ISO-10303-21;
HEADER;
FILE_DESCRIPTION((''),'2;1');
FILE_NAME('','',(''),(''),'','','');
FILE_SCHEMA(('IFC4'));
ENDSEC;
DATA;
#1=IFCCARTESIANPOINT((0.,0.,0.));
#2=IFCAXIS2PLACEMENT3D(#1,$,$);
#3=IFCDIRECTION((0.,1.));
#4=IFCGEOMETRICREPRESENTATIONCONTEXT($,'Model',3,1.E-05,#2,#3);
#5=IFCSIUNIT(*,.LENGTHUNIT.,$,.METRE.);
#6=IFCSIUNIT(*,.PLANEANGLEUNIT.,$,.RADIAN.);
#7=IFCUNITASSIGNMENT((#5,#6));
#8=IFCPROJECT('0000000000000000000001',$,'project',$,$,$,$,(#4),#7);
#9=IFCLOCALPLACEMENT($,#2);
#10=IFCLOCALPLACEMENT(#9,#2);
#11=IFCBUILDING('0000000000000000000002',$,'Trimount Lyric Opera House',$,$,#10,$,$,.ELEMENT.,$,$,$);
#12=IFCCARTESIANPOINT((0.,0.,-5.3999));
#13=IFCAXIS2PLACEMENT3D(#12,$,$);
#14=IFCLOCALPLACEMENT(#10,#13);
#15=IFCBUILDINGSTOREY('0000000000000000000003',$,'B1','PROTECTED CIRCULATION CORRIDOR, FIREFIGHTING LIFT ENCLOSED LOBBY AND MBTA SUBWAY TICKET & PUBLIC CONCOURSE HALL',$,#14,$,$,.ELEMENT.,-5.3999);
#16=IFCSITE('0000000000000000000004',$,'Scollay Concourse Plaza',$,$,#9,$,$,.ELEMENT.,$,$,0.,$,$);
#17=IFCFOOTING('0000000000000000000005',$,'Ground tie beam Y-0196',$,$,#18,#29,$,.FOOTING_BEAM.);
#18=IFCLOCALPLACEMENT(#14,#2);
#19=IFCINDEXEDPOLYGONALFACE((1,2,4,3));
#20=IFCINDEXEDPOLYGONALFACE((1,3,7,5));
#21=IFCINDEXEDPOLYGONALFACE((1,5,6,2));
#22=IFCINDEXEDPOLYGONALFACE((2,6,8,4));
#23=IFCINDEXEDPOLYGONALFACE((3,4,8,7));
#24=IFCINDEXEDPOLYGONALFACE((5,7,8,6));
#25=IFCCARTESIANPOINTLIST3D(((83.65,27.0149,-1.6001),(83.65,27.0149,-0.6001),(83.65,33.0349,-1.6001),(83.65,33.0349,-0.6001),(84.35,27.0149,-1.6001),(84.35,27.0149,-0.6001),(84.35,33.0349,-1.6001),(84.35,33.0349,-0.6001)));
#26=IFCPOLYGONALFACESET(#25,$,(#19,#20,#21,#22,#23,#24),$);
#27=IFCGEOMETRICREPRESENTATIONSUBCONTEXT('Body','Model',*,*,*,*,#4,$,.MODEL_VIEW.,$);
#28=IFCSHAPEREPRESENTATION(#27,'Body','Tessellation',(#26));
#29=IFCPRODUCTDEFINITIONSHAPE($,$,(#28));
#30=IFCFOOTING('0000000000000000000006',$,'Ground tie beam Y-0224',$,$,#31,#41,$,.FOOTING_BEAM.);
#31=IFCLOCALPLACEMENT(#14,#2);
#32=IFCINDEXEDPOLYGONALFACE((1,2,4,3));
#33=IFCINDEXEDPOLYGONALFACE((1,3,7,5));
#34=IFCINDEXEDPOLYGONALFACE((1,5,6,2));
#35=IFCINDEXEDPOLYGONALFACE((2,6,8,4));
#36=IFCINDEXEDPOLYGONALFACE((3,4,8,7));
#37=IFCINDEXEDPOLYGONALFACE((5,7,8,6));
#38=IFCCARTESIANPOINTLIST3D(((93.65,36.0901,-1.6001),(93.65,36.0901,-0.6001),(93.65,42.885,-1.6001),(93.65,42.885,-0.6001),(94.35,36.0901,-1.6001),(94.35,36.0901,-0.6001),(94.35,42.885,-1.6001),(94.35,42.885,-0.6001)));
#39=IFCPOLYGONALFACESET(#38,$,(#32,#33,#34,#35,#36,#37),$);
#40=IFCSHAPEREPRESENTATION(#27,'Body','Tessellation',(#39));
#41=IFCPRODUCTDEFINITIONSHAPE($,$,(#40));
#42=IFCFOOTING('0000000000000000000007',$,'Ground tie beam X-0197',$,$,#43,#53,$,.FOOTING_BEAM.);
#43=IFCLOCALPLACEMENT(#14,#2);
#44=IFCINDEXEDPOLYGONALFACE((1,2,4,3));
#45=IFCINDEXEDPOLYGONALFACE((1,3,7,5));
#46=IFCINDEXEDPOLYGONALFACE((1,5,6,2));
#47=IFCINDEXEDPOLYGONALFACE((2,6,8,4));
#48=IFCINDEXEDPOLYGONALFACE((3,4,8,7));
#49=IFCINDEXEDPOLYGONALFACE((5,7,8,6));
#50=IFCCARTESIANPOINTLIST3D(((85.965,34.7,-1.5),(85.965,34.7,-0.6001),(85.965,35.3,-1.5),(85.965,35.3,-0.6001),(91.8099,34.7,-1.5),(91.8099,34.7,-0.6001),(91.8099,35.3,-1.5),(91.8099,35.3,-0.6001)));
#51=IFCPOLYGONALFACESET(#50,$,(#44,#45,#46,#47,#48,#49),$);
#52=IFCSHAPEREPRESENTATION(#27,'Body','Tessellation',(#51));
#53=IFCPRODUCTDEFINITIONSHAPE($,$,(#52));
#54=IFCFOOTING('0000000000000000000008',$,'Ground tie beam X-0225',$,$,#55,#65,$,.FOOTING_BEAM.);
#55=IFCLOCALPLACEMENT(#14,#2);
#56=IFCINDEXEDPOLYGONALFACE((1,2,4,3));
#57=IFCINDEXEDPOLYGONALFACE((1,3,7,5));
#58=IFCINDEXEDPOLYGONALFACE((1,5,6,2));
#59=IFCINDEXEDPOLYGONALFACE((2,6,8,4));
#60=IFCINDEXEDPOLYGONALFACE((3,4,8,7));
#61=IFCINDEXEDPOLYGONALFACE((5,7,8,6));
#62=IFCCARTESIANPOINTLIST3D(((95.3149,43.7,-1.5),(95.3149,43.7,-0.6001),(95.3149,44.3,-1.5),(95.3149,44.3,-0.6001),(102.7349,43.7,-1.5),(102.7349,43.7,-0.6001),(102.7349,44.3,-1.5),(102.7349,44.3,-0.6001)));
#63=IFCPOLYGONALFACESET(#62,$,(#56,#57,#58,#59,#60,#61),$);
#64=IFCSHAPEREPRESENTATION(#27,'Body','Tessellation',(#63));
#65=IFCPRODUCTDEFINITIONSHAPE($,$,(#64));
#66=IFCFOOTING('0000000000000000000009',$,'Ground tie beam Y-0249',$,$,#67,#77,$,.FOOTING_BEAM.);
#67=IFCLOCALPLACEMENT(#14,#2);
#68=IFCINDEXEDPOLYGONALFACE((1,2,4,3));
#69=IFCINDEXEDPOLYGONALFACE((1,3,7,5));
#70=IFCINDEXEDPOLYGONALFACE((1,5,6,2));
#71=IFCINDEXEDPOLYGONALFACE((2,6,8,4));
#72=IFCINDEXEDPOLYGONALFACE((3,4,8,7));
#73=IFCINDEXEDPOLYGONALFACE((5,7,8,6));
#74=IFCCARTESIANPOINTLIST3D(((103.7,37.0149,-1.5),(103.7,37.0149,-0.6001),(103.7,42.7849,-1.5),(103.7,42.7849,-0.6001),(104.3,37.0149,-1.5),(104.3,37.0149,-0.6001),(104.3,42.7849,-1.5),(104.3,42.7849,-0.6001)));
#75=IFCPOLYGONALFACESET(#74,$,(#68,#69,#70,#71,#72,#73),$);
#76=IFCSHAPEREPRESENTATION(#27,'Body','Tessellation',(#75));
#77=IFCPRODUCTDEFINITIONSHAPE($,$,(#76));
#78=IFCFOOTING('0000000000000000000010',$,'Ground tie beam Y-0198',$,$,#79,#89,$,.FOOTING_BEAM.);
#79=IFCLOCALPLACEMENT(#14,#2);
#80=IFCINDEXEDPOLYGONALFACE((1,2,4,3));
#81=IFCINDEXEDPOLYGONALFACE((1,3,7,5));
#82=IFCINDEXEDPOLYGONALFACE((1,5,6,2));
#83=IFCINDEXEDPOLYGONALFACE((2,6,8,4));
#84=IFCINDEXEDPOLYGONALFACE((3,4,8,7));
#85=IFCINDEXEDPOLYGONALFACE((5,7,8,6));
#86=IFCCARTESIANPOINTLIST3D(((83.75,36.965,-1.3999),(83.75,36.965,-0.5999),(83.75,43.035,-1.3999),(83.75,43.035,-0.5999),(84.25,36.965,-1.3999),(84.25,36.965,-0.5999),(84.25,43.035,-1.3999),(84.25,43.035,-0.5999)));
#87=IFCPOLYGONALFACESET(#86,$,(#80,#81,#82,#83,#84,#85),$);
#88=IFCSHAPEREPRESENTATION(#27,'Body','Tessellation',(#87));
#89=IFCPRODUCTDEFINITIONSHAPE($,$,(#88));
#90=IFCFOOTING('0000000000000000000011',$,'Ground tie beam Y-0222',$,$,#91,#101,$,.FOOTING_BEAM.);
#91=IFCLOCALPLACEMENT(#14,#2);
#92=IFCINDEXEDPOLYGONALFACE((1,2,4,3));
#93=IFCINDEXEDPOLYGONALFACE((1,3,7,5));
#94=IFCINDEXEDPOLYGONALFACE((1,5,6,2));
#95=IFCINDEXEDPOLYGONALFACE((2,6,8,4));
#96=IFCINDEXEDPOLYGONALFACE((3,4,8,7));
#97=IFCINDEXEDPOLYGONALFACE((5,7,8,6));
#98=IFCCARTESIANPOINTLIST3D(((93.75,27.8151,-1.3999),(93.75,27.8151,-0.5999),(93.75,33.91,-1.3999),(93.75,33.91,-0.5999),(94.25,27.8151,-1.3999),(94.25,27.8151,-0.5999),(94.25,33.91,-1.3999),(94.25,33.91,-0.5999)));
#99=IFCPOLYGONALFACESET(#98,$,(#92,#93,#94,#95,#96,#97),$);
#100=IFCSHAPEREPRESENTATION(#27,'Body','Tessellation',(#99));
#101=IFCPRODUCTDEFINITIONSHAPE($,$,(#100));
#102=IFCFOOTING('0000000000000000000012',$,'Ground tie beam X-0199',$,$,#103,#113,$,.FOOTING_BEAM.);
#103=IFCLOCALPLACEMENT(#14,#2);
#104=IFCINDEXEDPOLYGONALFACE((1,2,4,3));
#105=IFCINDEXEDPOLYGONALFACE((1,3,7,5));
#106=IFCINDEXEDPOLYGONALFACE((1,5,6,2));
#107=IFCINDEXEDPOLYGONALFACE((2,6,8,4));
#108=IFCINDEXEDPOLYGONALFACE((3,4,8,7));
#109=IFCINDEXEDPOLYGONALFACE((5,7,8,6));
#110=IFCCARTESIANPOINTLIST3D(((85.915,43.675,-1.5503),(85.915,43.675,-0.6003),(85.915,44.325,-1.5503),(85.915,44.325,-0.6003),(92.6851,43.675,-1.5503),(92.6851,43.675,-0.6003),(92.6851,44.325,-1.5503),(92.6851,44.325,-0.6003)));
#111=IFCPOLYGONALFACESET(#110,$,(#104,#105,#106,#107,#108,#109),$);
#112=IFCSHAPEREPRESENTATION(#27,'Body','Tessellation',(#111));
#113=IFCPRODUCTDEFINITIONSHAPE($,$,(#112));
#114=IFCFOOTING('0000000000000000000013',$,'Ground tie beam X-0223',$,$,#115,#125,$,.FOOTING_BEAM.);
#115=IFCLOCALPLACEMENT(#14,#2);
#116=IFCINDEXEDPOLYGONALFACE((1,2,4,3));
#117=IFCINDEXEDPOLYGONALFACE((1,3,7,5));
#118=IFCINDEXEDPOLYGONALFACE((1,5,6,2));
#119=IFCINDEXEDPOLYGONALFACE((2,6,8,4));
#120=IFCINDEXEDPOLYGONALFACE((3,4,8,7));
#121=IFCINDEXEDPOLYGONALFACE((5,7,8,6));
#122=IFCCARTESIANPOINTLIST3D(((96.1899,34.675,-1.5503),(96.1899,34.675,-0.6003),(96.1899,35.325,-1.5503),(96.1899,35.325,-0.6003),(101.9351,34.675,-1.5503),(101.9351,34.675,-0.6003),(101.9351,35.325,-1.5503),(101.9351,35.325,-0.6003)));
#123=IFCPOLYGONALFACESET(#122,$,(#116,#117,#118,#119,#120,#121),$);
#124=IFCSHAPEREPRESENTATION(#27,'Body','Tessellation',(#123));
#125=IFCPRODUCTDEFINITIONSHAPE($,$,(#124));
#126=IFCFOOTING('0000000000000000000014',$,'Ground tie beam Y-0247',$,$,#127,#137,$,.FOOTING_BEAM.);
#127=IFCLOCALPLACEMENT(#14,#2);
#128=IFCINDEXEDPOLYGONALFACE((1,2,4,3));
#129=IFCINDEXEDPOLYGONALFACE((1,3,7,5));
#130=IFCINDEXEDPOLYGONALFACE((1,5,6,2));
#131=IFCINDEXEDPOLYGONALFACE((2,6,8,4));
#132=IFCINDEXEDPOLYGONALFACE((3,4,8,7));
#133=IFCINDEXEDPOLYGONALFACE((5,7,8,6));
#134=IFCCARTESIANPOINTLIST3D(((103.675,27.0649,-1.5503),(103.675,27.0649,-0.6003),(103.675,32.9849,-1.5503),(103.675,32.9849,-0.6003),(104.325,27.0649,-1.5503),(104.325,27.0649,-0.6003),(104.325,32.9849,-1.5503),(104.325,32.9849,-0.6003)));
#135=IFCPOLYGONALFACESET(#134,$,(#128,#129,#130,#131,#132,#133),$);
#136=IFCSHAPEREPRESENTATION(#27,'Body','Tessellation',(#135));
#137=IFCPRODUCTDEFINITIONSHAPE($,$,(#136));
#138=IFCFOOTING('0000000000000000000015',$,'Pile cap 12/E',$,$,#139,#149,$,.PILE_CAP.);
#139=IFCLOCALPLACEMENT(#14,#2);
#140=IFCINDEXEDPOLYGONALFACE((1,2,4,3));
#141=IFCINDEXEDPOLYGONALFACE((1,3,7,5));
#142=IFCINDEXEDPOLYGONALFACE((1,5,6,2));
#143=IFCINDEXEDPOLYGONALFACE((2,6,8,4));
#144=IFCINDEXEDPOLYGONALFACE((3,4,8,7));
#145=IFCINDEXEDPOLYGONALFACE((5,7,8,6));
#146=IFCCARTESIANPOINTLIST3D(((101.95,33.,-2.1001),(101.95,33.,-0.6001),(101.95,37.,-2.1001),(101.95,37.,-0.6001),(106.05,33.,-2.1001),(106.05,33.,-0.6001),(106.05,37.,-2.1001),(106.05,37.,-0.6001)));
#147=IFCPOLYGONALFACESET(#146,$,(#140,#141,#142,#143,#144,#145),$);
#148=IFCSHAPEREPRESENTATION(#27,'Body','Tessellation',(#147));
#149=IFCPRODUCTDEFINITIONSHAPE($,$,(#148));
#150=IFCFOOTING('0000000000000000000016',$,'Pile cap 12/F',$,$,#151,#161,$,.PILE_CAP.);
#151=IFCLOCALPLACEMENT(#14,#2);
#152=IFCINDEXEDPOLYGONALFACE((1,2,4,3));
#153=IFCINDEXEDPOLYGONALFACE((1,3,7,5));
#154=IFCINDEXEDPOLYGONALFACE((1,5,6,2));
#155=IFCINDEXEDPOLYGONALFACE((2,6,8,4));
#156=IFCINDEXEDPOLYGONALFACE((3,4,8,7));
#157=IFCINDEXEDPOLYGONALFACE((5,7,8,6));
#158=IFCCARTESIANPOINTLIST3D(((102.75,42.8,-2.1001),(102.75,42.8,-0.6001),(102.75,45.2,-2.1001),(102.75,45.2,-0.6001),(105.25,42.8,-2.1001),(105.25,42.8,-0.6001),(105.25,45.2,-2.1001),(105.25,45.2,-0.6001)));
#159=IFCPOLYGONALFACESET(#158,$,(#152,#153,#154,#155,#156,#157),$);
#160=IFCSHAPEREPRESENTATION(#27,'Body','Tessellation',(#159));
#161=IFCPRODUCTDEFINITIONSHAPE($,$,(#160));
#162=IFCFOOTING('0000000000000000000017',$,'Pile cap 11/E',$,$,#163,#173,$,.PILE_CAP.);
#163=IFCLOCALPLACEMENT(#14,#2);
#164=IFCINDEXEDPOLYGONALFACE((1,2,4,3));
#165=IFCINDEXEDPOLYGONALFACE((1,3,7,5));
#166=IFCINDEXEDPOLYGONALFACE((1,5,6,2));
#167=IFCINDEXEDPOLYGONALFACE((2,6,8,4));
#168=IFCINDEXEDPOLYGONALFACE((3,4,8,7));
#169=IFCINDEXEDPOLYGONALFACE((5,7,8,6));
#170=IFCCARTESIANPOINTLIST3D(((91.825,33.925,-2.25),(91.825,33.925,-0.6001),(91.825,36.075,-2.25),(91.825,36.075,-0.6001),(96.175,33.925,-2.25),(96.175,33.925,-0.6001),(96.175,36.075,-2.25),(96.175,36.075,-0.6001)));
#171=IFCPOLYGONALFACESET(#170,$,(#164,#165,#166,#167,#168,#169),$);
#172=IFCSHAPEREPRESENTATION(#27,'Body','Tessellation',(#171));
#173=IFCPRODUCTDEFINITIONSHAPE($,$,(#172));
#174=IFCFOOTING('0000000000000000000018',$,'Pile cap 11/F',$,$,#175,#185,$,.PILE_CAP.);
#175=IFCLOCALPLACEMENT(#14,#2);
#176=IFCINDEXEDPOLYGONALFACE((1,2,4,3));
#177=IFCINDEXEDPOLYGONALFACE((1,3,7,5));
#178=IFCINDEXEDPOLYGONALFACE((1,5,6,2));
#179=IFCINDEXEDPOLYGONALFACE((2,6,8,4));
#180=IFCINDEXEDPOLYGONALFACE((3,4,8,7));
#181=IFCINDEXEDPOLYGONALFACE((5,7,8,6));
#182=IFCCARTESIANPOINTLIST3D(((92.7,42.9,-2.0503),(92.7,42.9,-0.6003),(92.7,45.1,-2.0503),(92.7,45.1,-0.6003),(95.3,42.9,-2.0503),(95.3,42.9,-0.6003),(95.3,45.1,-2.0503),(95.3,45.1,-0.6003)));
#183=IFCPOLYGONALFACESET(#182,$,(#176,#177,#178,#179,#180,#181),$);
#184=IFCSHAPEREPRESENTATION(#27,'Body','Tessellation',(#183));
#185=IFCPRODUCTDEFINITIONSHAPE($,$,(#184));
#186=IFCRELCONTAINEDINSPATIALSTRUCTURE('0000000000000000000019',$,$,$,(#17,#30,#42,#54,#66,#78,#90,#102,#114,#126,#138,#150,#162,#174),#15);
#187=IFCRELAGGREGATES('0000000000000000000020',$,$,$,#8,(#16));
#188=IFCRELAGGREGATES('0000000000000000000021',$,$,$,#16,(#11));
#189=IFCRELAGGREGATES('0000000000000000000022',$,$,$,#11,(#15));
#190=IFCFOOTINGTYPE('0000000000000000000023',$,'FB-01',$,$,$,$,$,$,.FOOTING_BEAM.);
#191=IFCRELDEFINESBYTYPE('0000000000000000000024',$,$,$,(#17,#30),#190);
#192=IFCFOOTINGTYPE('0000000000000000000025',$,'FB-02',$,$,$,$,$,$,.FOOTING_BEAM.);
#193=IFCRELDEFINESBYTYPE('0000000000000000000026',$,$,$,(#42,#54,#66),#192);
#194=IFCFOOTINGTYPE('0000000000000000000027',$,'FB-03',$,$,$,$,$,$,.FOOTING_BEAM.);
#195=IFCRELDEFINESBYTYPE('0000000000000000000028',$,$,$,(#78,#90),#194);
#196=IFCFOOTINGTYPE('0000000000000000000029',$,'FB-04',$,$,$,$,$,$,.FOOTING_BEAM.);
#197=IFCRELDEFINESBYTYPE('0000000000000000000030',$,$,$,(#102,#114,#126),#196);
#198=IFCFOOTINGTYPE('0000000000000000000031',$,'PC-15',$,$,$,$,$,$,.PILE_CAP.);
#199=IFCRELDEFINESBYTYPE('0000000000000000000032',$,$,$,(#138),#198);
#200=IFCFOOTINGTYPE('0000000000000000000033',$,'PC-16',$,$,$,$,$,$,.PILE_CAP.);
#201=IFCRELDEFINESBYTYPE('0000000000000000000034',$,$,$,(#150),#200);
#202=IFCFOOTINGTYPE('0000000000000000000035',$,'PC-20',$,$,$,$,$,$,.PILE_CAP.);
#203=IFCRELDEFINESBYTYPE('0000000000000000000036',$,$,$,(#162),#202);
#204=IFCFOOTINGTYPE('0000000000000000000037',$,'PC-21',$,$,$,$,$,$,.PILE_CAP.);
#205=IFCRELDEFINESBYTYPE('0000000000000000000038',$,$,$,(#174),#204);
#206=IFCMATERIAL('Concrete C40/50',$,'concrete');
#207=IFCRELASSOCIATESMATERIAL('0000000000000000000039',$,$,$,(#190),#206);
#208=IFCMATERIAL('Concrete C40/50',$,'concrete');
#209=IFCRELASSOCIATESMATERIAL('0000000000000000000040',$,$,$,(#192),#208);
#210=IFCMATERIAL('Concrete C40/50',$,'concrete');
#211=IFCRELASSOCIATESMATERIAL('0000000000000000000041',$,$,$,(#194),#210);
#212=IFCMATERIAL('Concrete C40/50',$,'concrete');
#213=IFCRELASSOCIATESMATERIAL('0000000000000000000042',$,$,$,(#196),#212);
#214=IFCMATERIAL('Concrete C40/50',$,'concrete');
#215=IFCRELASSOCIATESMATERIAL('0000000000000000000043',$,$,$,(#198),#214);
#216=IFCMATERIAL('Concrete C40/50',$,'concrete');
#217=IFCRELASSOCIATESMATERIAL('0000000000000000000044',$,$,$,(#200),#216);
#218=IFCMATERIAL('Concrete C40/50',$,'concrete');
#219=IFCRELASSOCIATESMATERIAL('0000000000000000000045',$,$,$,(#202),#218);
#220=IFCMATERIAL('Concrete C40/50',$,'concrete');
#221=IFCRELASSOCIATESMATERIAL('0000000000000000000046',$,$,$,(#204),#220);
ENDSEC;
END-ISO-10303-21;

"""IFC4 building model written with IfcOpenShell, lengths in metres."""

from ifc_helpers import new_model, si_unit, direction, frame, origin, origin_2d, place, context, subcontext, project, spatial, rectangle, extrude, material, type_object, element, save


model = new_model("IFC4")

# Units and contexts
model_context = context("Model", 3, precision=1e-05, world=origin(), true_north=direction((0.0, 1.0)))
body_context = subcontext(model_context, "Body", "Model", "MODEL_VIEW")
ifc_project = project(units=[si_unit("LENGTHUNIT", "METRE"), si_unit("PLANEANGLEUNIT", "RADIAN")], contexts=[model_context])

# Site, building, storey
site_placement = place(None, origin())
site = spatial("IfcSite", under=ifc_project, at=site_placement, Name="Scollay Concourse Plaza", CompositionType="ELEMENT", RefElevation=0.0)
building_placement = place(site_placement, origin())
building = spatial("IfcBuilding", under=site, at=building_placement, Name="Trimount Lyric Opera House", CompositionType="ELEMENT")
storey_placement = place(building_placement, frame((0.0, 0.0, -5.3999)))
storey = spatial("IfcBuildingStorey", under=building, at=storey_placement, Name="B1", Description="PROTECTED CIRCULATION CORRIDOR, FIREFIGHTING LIFT ENCLOSED LOBBY AND MBTA SUBWAY TICKET & PUBLIC CONCOURSE HALL", CompositionType="ELEMENT", Elevation=-5.3999)

# Footings
ifc_material_1 = material(Name="Concrete C40/50", Category="concrete")
footing_type_1 = type_object("IfcFootingType", Name="FB-01", PredefinedType="FOOTING_BEAM", material=ifc_material_1)
footing_1_placement = place(storey_placement, frame((84.0, 30.0249, -1.6001), z_axis=(0.0, 0.0, 1.0), x_axis=(1.0, 0.0, 0.0)))
element("IfcFooting", 1, at=footing_1_placement, inside=storey, type_object=footing_type_1, Name="Ground tie beam Y-0196", PredefinedType="FOOTING_BEAM", context=body_context, shape_type="SweptSolid", body=[
    extrude(rectangle(XDim=0.7, YDim=6.02, at=origin_2d()), origin(), (0.0, 0.0, 1.0), 1.0),
])
footing_2_placement = place(storey_placement, frame((94.0, 39.4875, -1.6001), z_axis=(0.0, 0.0, 1.0), x_axis=(1.0, 0.0, 0.0)))
element("IfcFooting", 2, at=footing_2_placement, inside=storey, type_object=footing_type_1, Name="Ground tie beam Y-0224", PredefinedType="FOOTING_BEAM", context=body_context, shape_type="SweptSolid", body=[
    extrude(rectangle(XDim=0.7, YDim=6.7949, at=origin_2d()), origin(), (0.0, 0.0, 1.0), 1.0),
])
ifc_material_2 = material(Name="Concrete C40/50", Category="concrete")
footing_type_2 = type_object("IfcFootingType", Name="FB-02", PredefinedType="FOOTING_BEAM", material=ifc_material_2)
footing_3_placement = place(storey_placement, frame((88.8875, 35.0, -1.5), z_axis=(0.0, 0.0, 1.0), x_axis=(1.0, 0.0, 0.0)))
element("IfcFooting", 3, at=footing_3_placement, inside=storey, type_object=footing_type_2, Name="Ground tie beam X-0197", PredefinedType="FOOTING_BEAM", context=body_context, shape_type="SweptSolid", body=[
    extrude(rectangle(XDim=5.845, YDim=0.6001, at=origin_2d()), origin(), (0.0, 0.0, 1.0), 0.8999),
])
footing_4_placement = place(storey_placement, frame((99.0249, 44.0, -1.5), z_axis=(0.0, 0.0, 1.0), x_axis=(1.0, 0.0, 0.0)))
element("IfcFooting", 4, at=footing_4_placement, inside=storey, type_object=footing_type_2, Name="Ground tie beam X-0225", PredefinedType="FOOTING_BEAM", context=body_context, shape_type="SweptSolid", body=[
    extrude(rectangle(XDim=7.4199, YDim=0.6001, at=origin_2d()), origin(), (0.0, 0.0, 1.0), 0.8999),
])
footing_5_placement = place(storey_placement, frame((104.0, 39.8999, -1.5), z_axis=(0.0, 0.0, 1.0), x_axis=(1.0, 0.0, 0.0)))
element("IfcFooting", 5, at=footing_5_placement, inside=storey, type_object=footing_type_2, Name="Ground tie beam Y-0249", PredefinedType="FOOTING_BEAM", context=body_context, shape_type="SweptSolid", body=[
    extrude(rectangle(XDim=0.6001, YDim=5.77, at=origin_2d()), origin(), (0.0, 0.0, 1.0), 0.8999),
])
ifc_material_3 = material(Name="Concrete C40/50", Category="concrete")
footing_type_3 = type_object("IfcFootingType", Name="FB-03", PredefinedType="FOOTING_BEAM", material=ifc_material_3)
footing_6_placement = place(storey_placement, frame((84.0, 40.0, -1.3999), z_axis=(0.0, 0.0, 1.0), x_axis=(1.0, 0.0, 0.0)))
element("IfcFooting", 6, at=footing_6_placement, inside=storey, type_object=footing_type_3, Name="Ground tie beam Y-0198", PredefinedType="FOOTING_BEAM", context=body_context, shape_type="SweptSolid", body=[
    extrude(rectangle(XDim=0.5, YDim=6.0701, at=origin_2d()), origin(), (0.0, 0.0, 1.0), 0.8),
])
footing_7_placement = place(storey_placement, frame((94.0, 30.8625, -1.3999), z_axis=(0.0, 0.0, 1.0), x_axis=(1.0, 0.0, 0.0)))
element("IfcFooting", 7, at=footing_7_placement, inside=storey, type_object=footing_type_3, Name="Ground tie beam Y-0222", PredefinedType="FOOTING_BEAM", context=body_context, shape_type="SweptSolid", body=[
    extrude(rectangle(XDim=0.5, YDim=6.095, at=origin_2d()), origin(), (0.0, 0.0, 1.0), 0.8),
])
ifc_material_4 = material(Name="Concrete C40/50", Category="concrete")
footing_type_4 = type_object("IfcFootingType", Name="FB-04", PredefinedType="FOOTING_BEAM", material=ifc_material_4)
footing_8_placement = place(storey_placement, frame((89.3, 44.0, -1.5503), z_axis=(0.0, 0.0, 1.0), x_axis=(1.0, 0.0, 0.0)))
element("IfcFooting", 8, at=footing_8_placement, inside=storey, type_object=footing_type_4, Name="Ground tie beam X-0199", PredefinedType="FOOTING_BEAM", context=body_context, shape_type="SweptSolid", body=[
    extrude(rectangle(XDim=6.77, YDim=0.6499, at=origin_2d()), origin(), (0.0, 0.0, 1.0), 0.95),
])
footing_9_placement = place(storey_placement, frame((99.0625, 35.0, -1.5503), z_axis=(0.0, 0.0, 1.0), x_axis=(1.0, 0.0, 0.0)))
element("IfcFooting", 9, at=footing_9_placement, inside=storey, type_object=footing_type_4, Name="Ground tie beam X-0223", PredefinedType="FOOTING_BEAM", context=body_context, shape_type="SweptSolid", body=[
    extrude(rectangle(XDim=5.7451, YDim=0.6499, at=origin_2d()), origin(), (0.0, 0.0, 1.0), 0.95),
])
footing_10_placement = place(storey_placement, frame((104.0, 30.0249, -1.5503), z_axis=(0.0, 0.0, 1.0), x_axis=(1.0, 0.0, 0.0)))
element("IfcFooting", 10, at=footing_10_placement, inside=storey, type_object=footing_type_4, Name="Ground tie beam Y-0247", PredefinedType="FOOTING_BEAM", context=body_context, shape_type="SweptSolid", body=[
    extrude(rectangle(XDim=0.6499, YDim=5.9199, at=origin_2d()), origin(), (0.0, 0.0, 1.0), 0.95),
])
ifc_material_5 = material(Name="Concrete C40/50", Category="concrete")
footing_type_5 = type_object("IfcFootingType", Name="PC-15", PredefinedType="PILE_CAP", material=ifc_material_5)
footing_11_placement = place(storey_placement, frame((104.0, 35.0, -2.1001), z_axis=(0.0, 0.0, 1.0), x_axis=(1.0, 0.0, 0.0)))
element("IfcFooting", 11, at=footing_11_placement, inside=storey, type_object=footing_type_5, Name="Pile cap 12/E", PredefinedType="PILE_CAP", context=body_context, shape_type="SweptSolid", body=[
    extrude(rectangle(XDim=4.1001, YDim=4.0, at=origin_2d()), origin(), (0.0, 0.0, 1.0), 1.5),
])
ifc_material_6 = material(Name="Concrete C40/50", Category="concrete")
footing_type_6 = type_object("IfcFootingType", Name="PC-16", PredefinedType="PILE_CAP", material=ifc_material_6)
footing_12_placement = place(storey_placement, frame((104.0, 44.0, -2.1001), z_axis=(0.0, 0.0, 1.0), x_axis=(1.0, 0.0, 0.0)))
element("IfcFooting", 12, at=footing_12_placement, inside=storey, type_object=footing_type_6, Name="Pile cap 12/F", PredefinedType="PILE_CAP", context=body_context, shape_type="SweptSolid", body=[
    extrude(rectangle(XDim=2.5, YDim=2.3999, at=origin_2d()), origin(), (0.0, 0.0, 1.0), 1.5),
])
ifc_material_7 = material(Name="Concrete C40/50", Category="concrete")
footing_type_7 = type_object("IfcFootingType", Name="PC-20", PredefinedType="PILE_CAP", material=ifc_material_7)
footing_13_placement = place(storey_placement, frame((94.0, 35.0, -2.25), z_axis=(0.0, 0.0, 1.0), x_axis=(1.0, 0.0, 0.0)))
element("IfcFooting", 13, at=footing_13_placement, inside=storey, type_object=footing_type_7, Name="Pile cap 11/E", PredefinedType="PILE_CAP", context=body_context, shape_type="SweptSolid", body=[
    extrude(rectangle(XDim=4.3501, YDim=2.1499, at=origin_2d()), origin(), (0.0, 0.0, 1.0), 1.6499),
])
ifc_material_8 = material(Name="Concrete C40/50", Category="concrete")
footing_type_8 = type_object("IfcFootingType", Name="PC-21", PredefinedType="PILE_CAP", material=ifc_material_8)
footing_14_placement = place(storey_placement, frame((94.0, 44.0, -2.0503), z_axis=(0.0, 0.0, 1.0), x_axis=(1.0, 0.0, 0.0)))
element("IfcFooting", 14, at=footing_14_placement, inside=storey, type_object=footing_type_8, Name="Pile cap 11/F", PredefinedType="PILE_CAP", context=body_context, shape_type="SweptSolid", body=[
    extrude(rectangle(XDim=2.6001, YDim=2.2, at=origin_2d()), origin(), (0.0, 0.0, 1.0), 1.45),
])

save(model, "model.ifc")
